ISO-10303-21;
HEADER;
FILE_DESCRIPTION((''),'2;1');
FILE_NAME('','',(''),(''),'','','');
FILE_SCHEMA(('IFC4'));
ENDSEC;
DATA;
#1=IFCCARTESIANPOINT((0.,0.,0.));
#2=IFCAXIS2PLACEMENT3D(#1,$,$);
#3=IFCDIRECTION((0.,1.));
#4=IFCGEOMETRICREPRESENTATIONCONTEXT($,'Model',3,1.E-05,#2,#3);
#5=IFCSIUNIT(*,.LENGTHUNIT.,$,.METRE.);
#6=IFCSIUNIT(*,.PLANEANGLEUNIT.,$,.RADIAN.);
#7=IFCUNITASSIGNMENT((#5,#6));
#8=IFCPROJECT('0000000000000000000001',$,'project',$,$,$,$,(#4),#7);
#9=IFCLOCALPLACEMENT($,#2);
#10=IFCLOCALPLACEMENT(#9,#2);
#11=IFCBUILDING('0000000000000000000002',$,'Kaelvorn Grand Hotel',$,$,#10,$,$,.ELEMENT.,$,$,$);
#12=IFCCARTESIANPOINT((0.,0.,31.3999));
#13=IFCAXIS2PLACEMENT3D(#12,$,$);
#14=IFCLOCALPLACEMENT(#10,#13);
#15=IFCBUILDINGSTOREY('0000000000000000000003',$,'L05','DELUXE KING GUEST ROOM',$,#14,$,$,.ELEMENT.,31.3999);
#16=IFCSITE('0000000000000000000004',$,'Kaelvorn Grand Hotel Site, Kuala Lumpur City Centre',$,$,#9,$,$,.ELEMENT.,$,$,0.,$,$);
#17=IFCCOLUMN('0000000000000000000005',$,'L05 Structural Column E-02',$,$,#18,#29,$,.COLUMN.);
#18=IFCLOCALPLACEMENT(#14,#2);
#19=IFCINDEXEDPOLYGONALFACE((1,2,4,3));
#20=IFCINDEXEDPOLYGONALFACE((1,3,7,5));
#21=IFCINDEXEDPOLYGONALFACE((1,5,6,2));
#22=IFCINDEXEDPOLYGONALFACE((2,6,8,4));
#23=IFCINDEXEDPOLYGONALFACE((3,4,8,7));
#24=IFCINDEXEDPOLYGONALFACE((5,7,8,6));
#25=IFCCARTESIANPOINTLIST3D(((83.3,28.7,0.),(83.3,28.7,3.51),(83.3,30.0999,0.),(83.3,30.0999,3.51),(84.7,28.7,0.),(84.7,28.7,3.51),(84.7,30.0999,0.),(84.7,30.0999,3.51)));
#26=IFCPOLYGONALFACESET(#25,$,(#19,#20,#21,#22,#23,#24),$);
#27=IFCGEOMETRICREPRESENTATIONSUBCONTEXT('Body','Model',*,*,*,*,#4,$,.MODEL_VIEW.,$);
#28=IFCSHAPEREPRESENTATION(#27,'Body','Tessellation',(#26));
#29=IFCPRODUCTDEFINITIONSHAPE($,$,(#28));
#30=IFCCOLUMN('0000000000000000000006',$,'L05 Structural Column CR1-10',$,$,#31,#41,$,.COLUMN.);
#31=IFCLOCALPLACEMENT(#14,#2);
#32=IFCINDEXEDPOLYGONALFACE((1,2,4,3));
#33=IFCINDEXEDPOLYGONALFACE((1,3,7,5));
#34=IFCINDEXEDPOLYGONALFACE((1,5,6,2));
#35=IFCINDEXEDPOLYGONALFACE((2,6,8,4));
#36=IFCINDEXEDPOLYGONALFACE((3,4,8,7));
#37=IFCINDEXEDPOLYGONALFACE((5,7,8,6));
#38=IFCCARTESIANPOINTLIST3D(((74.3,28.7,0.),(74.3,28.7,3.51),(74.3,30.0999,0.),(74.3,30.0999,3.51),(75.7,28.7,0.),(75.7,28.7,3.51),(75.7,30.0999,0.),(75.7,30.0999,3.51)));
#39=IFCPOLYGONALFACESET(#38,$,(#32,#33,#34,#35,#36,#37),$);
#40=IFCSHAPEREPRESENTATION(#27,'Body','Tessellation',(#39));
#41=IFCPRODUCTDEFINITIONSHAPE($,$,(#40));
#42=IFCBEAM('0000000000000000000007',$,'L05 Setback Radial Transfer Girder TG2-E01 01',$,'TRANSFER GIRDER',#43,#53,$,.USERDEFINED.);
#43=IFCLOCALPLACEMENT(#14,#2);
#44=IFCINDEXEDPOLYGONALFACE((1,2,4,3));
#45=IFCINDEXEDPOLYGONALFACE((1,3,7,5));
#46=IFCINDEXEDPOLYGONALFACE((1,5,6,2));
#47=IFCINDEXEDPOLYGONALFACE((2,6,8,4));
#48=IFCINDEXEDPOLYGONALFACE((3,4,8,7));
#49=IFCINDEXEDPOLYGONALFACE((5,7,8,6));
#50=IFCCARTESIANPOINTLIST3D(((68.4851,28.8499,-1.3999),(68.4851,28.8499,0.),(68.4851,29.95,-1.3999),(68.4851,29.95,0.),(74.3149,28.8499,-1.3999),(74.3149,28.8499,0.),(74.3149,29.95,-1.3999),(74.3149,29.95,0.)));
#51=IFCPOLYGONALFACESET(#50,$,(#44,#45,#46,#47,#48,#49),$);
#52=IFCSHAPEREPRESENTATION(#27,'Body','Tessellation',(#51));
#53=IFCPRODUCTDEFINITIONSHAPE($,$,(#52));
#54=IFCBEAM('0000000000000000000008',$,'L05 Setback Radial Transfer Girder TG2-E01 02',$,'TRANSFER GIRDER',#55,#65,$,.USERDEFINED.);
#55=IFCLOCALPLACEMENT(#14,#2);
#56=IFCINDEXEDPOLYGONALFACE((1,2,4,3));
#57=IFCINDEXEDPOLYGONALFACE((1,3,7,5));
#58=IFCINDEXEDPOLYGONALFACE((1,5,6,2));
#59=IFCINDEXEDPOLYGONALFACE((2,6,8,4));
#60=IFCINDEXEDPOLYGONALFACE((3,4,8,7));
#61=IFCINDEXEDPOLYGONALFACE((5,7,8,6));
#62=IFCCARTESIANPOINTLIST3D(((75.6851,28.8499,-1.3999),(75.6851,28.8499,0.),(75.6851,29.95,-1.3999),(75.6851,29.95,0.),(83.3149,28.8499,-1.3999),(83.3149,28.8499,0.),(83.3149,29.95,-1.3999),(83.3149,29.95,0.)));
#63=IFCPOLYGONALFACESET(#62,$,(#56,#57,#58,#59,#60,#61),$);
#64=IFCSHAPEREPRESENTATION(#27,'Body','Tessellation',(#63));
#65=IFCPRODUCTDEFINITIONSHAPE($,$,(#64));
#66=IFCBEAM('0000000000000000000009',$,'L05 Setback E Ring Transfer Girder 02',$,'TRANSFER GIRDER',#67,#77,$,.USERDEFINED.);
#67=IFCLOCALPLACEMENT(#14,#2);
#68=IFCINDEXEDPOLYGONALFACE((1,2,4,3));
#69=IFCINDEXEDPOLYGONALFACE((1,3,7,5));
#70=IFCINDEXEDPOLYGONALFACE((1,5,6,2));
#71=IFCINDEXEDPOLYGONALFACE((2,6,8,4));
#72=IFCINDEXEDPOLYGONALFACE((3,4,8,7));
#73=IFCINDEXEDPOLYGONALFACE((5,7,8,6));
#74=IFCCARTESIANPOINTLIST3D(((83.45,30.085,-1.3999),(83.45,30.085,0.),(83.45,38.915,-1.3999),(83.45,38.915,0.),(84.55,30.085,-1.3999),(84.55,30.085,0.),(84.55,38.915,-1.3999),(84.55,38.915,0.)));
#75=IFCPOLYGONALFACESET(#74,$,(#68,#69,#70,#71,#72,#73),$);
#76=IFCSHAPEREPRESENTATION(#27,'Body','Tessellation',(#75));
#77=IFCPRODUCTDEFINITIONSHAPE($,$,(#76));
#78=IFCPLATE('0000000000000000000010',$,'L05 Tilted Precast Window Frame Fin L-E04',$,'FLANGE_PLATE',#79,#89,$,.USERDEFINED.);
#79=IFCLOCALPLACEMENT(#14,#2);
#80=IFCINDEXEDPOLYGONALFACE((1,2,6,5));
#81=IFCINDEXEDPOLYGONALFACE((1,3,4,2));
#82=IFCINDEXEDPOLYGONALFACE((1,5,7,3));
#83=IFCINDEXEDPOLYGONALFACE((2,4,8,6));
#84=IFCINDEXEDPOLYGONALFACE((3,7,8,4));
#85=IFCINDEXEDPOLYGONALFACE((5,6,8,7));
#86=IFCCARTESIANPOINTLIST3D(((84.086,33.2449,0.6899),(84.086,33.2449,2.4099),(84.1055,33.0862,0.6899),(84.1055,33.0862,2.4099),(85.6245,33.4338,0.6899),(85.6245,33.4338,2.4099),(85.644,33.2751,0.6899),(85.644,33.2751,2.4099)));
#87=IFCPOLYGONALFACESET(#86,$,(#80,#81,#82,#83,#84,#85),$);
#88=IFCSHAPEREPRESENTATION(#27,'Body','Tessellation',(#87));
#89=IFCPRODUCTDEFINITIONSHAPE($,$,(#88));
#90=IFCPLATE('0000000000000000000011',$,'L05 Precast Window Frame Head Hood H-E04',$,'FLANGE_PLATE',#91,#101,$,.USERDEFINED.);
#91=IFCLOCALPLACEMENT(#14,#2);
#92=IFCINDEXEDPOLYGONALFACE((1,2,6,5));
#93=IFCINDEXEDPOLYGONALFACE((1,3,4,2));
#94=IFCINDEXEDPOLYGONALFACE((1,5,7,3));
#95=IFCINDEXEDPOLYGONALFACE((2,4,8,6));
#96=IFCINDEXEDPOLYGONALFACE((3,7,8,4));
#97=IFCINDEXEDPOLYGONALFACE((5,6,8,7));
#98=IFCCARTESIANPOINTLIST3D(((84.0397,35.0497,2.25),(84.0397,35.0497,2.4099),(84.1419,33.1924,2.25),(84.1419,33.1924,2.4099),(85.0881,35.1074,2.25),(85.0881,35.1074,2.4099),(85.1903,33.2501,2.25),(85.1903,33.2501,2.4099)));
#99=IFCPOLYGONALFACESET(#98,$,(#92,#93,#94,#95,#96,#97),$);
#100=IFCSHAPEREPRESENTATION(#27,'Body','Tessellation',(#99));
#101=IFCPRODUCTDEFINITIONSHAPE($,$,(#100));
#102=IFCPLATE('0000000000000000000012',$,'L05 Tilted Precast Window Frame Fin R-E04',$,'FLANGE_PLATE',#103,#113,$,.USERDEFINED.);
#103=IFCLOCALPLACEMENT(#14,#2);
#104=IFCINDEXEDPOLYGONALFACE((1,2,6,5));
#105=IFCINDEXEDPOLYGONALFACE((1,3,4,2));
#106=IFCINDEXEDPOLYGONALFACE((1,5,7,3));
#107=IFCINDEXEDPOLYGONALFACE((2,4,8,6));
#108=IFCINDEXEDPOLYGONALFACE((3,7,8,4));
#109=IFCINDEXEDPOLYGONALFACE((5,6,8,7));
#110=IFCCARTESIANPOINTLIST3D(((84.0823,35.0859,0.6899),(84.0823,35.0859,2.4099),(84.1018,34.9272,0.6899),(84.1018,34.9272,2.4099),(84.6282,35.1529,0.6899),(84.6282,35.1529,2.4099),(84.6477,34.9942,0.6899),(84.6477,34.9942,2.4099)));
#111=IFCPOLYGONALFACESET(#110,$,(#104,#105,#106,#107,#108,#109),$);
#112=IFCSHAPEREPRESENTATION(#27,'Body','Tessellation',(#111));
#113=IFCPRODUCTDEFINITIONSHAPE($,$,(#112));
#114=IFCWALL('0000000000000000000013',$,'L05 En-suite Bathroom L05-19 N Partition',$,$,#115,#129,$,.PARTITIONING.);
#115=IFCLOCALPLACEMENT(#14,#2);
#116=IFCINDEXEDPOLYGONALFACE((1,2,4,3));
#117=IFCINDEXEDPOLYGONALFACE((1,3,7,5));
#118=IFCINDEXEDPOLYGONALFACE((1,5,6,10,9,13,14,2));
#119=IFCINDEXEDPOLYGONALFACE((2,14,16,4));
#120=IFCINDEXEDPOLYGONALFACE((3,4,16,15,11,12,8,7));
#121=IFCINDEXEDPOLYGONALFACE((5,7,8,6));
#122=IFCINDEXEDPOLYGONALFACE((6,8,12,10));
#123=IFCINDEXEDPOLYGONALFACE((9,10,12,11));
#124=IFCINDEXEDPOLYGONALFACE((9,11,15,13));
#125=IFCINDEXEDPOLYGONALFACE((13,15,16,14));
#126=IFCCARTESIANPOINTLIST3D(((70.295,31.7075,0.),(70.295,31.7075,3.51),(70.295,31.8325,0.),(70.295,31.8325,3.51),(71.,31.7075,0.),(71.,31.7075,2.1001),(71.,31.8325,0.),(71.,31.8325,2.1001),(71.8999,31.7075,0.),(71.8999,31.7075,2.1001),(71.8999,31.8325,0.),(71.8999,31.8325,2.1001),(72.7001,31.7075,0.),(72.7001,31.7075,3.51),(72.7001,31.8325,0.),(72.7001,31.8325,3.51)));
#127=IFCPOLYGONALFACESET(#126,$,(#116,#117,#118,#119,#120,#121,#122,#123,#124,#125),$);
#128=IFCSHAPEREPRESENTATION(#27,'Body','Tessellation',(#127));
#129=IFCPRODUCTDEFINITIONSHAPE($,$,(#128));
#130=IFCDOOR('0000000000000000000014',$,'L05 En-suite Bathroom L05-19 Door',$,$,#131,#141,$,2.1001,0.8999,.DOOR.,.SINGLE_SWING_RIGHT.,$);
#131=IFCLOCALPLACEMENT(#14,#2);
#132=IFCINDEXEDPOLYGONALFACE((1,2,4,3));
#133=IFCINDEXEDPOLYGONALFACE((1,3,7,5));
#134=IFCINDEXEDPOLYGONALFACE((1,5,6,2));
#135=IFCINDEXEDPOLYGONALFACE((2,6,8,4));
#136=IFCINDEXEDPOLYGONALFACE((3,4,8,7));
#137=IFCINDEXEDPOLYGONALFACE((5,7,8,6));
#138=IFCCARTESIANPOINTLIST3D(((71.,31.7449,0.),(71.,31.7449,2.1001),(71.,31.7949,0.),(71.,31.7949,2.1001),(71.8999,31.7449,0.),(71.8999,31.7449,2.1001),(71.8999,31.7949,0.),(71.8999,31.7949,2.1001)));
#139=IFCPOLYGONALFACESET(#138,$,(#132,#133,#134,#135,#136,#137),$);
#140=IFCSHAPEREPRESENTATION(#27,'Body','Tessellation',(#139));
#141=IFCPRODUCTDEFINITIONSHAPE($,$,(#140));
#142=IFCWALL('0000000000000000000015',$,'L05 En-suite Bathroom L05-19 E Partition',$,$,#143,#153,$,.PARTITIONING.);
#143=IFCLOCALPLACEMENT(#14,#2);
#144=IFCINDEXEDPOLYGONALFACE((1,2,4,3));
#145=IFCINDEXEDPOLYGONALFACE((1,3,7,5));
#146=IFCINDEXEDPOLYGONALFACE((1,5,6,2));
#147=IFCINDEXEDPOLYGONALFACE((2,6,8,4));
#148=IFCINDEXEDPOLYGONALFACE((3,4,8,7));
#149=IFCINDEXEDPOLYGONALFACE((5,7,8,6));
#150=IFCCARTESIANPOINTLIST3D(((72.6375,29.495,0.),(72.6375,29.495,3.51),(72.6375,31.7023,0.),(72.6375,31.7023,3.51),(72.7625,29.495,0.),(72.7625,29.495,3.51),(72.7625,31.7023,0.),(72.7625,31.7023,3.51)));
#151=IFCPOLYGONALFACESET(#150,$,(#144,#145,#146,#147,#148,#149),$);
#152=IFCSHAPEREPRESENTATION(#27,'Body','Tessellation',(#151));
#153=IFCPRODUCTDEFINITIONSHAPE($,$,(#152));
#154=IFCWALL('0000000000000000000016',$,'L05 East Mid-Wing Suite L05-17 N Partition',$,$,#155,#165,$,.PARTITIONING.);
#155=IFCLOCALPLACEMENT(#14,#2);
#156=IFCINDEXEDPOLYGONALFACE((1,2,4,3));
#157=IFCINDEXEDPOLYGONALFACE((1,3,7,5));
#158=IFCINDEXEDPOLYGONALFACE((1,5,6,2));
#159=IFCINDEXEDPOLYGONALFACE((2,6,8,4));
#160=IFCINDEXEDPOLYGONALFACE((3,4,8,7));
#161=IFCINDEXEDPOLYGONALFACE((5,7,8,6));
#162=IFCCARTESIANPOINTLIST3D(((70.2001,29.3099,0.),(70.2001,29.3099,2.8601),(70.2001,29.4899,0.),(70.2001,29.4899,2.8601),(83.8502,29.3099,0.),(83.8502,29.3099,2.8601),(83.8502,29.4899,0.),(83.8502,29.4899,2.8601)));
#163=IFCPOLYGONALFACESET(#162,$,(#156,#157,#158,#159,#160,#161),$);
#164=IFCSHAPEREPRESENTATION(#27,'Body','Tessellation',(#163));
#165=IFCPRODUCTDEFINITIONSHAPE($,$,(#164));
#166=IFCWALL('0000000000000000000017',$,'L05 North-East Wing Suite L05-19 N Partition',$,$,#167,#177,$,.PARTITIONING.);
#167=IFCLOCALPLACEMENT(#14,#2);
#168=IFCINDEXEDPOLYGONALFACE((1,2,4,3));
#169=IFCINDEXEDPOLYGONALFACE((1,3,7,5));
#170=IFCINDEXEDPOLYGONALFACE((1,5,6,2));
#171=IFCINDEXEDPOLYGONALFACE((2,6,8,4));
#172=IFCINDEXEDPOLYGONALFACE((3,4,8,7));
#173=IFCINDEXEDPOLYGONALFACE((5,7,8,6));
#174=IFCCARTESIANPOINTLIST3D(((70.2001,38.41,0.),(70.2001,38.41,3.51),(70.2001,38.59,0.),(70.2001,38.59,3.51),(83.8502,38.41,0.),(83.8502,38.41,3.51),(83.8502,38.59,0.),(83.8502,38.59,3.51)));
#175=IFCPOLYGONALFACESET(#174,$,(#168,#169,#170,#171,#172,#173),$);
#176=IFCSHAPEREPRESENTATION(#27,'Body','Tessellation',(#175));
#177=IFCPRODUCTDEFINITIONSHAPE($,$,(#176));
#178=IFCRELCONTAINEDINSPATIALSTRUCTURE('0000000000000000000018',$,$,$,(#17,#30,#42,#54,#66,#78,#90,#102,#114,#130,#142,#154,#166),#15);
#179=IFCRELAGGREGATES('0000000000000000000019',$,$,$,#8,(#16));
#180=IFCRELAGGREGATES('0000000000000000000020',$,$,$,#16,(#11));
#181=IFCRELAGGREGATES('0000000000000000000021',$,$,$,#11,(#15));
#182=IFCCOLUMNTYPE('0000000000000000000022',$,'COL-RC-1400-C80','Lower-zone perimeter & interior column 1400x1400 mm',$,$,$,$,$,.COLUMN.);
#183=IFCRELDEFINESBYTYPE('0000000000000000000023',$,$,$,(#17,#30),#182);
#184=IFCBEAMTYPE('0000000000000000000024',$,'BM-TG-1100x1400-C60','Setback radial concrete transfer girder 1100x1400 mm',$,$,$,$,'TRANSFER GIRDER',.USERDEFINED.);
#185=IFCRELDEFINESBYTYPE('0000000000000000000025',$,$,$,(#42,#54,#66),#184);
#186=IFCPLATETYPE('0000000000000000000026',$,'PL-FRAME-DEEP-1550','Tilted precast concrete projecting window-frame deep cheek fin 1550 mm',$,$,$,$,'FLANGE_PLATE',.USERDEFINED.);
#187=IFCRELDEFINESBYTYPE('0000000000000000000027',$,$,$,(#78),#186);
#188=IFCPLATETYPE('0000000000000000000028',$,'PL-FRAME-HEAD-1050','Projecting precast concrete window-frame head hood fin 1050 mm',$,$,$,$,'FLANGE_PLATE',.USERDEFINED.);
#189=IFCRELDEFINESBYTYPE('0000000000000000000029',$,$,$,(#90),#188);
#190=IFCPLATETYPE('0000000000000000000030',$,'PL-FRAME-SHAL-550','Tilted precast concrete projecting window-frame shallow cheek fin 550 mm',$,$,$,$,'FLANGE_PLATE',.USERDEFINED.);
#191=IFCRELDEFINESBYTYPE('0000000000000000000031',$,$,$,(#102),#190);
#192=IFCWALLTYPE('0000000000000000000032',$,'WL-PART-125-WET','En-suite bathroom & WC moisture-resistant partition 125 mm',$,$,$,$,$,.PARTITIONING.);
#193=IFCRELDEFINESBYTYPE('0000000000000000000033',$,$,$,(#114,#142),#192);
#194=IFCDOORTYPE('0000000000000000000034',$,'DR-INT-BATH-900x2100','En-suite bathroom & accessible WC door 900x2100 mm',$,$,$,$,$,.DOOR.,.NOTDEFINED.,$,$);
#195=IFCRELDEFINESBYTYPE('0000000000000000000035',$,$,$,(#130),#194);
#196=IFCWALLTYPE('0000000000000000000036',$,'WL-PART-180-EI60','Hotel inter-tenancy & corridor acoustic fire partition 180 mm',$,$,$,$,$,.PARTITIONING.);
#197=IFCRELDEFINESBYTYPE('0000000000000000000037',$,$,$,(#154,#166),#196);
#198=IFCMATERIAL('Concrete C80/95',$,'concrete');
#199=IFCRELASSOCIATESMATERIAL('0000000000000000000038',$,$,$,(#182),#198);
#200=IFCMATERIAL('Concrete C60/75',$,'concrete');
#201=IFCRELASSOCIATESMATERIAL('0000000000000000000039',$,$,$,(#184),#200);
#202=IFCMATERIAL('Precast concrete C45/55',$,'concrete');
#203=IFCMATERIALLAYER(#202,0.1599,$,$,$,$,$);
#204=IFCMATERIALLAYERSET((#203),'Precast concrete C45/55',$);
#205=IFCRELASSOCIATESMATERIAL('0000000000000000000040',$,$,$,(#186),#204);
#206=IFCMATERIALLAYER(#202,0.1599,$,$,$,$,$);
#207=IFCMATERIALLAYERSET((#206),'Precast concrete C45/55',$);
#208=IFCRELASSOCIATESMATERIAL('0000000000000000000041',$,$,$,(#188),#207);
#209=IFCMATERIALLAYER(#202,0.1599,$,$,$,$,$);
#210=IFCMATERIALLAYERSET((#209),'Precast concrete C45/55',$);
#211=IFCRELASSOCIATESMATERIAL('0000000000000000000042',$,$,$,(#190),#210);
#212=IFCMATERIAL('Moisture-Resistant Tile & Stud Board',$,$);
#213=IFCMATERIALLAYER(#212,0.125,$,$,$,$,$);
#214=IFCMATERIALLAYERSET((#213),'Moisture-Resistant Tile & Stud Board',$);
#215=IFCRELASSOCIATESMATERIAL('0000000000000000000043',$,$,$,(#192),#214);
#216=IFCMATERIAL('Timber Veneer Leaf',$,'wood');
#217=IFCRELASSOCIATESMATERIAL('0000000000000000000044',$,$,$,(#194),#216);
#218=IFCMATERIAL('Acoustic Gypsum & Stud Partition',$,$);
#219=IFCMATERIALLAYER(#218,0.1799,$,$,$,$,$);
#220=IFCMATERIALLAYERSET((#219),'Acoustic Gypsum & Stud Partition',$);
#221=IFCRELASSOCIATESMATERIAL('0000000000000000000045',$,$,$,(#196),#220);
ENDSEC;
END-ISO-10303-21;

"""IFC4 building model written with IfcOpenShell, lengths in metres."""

from ifc_helpers import new_model, si_unit, direction, frame, frame_2d, origin, origin_2d, place, context, subcontext, project, spatial, rectangle, extrude, material, layer, layer_set, material_profile, profile_set, type_object, element, fill, save


model = new_model("IFC4")

# Units and contexts
model_context = context("Model", 3, precision=1e-05, world=origin(), true_north=direction((0.0, 1.0)))
body_context = subcontext(model_context, "Body", "Model", "MODEL_VIEW")
ifc_project = project(units=[si_unit("LENGTHUNIT", "METRE"), si_unit("PLANEANGLEUNIT", "RADIAN")], contexts=[model_context])

# Site, building, storey
site_placement = place(None, origin())
site = spatial("IfcSite", under=ifc_project, at=site_placement, Name="Kaelvorn Grand Hotel Site, Kuala Lumpur City Centre", CompositionType="ELEMENT", RefElevation=0.0)
building_placement = place(site_placement, origin())
building = spatial("IfcBuilding", under=site, at=building_placement, Name="Kaelvorn Grand Hotel", CompositionType="ELEMENT")
storey_placement = place(building_placement, frame((0.0, 0.0, 31.3999)))
storey = spatial("IfcBuildingStorey", under=building, at=storey_placement, Name="L05", Description="DELUXE KING GUEST ROOM", CompositionType="ELEMENT", Elevation=31.3999)

# Columns
ifc_material_1 = material(Name="Concrete C80/95", Category="concrete")
ifc_material_profile_1 = material_profile(ifc_material_1, rectangle(XDim=1.3999, YDim=1.3999, at=origin_2d()), Name="RC COL 1400x1400")
ifc_profile_set_1 = profile_set([ifc_material_profile_1], Name="Concrete C80/95")
column_type = type_object("IfcColumnType", Name="COL-RC-1400-C80", Description="Lower-zone perimeter & interior column 1400x1400 mm", PredefinedType="COLUMN", material=ifc_profile_set_1)
for number, where, z_axis, x_axis, name in (
    (1, (84.0, 29.3999, 0.0), (0.0, 0.0, 1.0), (1.0, 0.0, 0.0), "L05 Structural Column E-02"),
    (2, (75.0, 29.3999, 0.0), (0.0, 0.0, 1.0), (1.0, 0.0, 0.0), "L05 Structural Column CR1-10"),
):
    element("IfcColumn", number, at=place(storey_placement, frame(where, z_axis=z_axis, x_axis=x_axis)), inside=storey, type_object=column_type, Name=name, PredefinedType="COLUMN", context=body_context, shape_type="SweptSolid", body=[
        extrude(rectangle(XDim=1.3999, YDim=1.3999, at=origin_2d()), origin(), (0.0, 0.0, 1.0), 3.51),
    ])

# Beams
ifc_material_2 = material(Name="Concrete C60/75", Category="concrete")
ifc_material_profile_2 = material_profile(ifc_material_2, rectangle(XDim=1.1001, YDim=1.3999, at=origin_2d()), Name="RC TG 1100x1400")
ifc_profile_set_2 = profile_set([ifc_material_profile_2], Name="Concrete C60/75")
beam_type = type_object("IfcBeamType", Name="BM-TG-1100x1400-C60", Description="Setback radial concrete transfer girder 1100x1400 mm", ElementType="TRANSFER GIRDER", PredefinedType="USERDEFINED", material=ifc_profile_set_2)
beam_1_placement = place(storey_placement, frame((68.4851, 29.3999, -0.7), z_axis=(1.0, 0.0, 0.0), x_axis=(0.0, 1.0, 0.0)))
element("IfcBeam", 3, at=beam_1_placement, inside=storey, type_object=beam_type, Name="L05 Setback Radial Transfer Girder TG2-E01 01", ObjectType="TRANSFER GIRDER", PredefinedType="USERDEFINED", context=body_context, shape_type="SweptSolid", body=[
    extrude(rectangle(XDim=1.1001, YDim=1.3999, at=origin_2d()), origin(), (0.0, 0.0, 1.0), 5.8298),
])
beam_2_placement = place(storey_placement, frame((75.6851, 29.3999, -0.7), z_axis=(1.0, 0.0, 0.0), x_axis=(0.0, 1.0, 0.0)))
element("IfcBeam", 4, at=beam_2_placement, inside=storey, type_object=beam_type, Name="L05 Setback Radial Transfer Girder TG2-E01 02", ObjectType="TRANSFER GIRDER", PredefinedType="USERDEFINED", context=body_context, shape_type="SweptSolid", body=[
    extrude(rectangle(XDim=1.1001, YDim=1.3999, at=origin_2d()), origin(), (0.0, 0.0, 1.0), 7.6299),
])
beam_3_placement = place(storey_placement, frame((84.0, 30.085, -0.7), z_axis=(0.0, 1.0, 0.0), x_axis=(-1.0, 0.0, 0.0)))
element("IfcBeam", 5, at=beam_3_placement, inside=storey, type_object=beam_type, Name="L05 Setback E Ring Transfer Girder 02", ObjectType="TRANSFER GIRDER", PredefinedType="USERDEFINED", context=body_context, shape_type="SweptSolid", body=[
    extrude(rectangle(XDim=1.1001, YDim=1.3999, at=origin_2d()), origin(), (0.0, 0.0, 1.0), 8.8301),
])

# Plates
ifc_material_3 = material(Name="Precast concrete C45/55", Category="concrete")
ifc_layer_1 = layer(ifc_material_3, 0.1599)
ifc_layer_set_1 = layer_set([ifc_layer_1], Name="Precast concrete C45/55")
plate_type_1 = type_object("IfcPlateType", Name="PL-FRAME-DEEP-1550", Description="Tilted precast concrete projecting window-frame deep cheek fin 1550 mm", ElementType="FLANGE_PLATE", PredefinedType="USERDEFINED", material=ifc_layer_set_1)
plate_1_placement = place(storey_placement, frame((84.865, 33.26, 0.6899), z_axis=(0.0, 0.0, 1.0), x_axis=(-0.121869, 0.992546, 0.0)))
element("IfcPlate", 6, at=plate_1_placement, inside=storey, type_object=plate_type_1, Name="L05 Tilted Precast Window Frame Fin L-E04", ObjectType="FLANGE_PLATE", PredefinedType="USERDEFINED", context=body_context, shape_type="SweptSolid", body=[
    extrude(rectangle(XDim=0.1599, YDim=1.55, at=origin_2d()), origin(), (0.0, 0.0, 1.0), 1.72),
])
ifc_layer_2 = layer(ifc_material_3, 0.1599)
ifc_layer_set_2 = layer_set([ifc_layer_2], Name="Precast concrete C45/55")
plate_type_2 = type_object("IfcPlateType", Name="PL-FRAME-HEAD-1050", Description="Projecting precast concrete window-frame head hood fin 1050 mm", ElementType="FLANGE_PLATE", PredefinedType="USERDEFINED", material=ifc_layer_set_2)
plate_2_placement = place(storey_placement, frame((84.615, 34.1499, 2.25), z_axis=(0.0, 0.0, 1.0), x_axis=(-0.05495, 0.998489, 0.0)))
element("IfcPlate", 7, at=plate_2_placement, inside=storey, type_object=plate_type_2, Name="L05 Precast Window Frame Head Hood H-E04", ObjectType="FLANGE_PLATE", PredefinedType="USERDEFINED", context=body_context, shape_type="SweptSolid", body=[
    extrude(rectangle(XDim=1.8601, YDim=1.05, at=origin_2d()), origin(), (0.0, 0.0, 1.0), 0.1599),
])
ifc_layer_3 = layer(ifc_material_3, 0.1599)
ifc_layer_set_3 = layer_set([ifc_layer_3], Name="Precast concrete C45/55")
plate_type_3 = type_object("IfcPlateType", Name="PL-FRAME-SHAL-550", Description="Tilted precast concrete projecting window-frame shallow cheek fin 550 mm", ElementType="FLANGE_PLATE", PredefinedType="USERDEFINED", material=ifc_layer_set_3)
plate_3_placement = place(storey_placement, frame((84.365, 35.04, 0.6899), z_axis=(0.0, 0.0, 1.0), x_axis=(-0.121869, 0.992546, 0.0)))
element("IfcPlate", 8, at=plate_3_placement, inside=storey, type_object=plate_type_3, Name="L05 Tilted Precast Window Frame Fin R-E04", ObjectType="FLANGE_PLATE", PredefinedType="USERDEFINED", context=body_context, shape_type="SweptSolid", body=[
    extrude(rectangle(XDim=0.1599, YDim=0.55, at=origin_2d()), origin(), (0.0, 0.0, 1.0), 1.72),
])

# Wall, opening, door
ifc_material_4 = material(Name="Moisture-Resistant Tile & Stud Board")
ifc_layer_4 = layer(ifc_material_4, 0.125)
ifc_layer_set_4 = layer_set([ifc_layer_4], Name="Moisture-Resistant Tile & Stud Board")
wall_type_1 = type_object("IfcWallType", Name="WL-PART-125-WET", Description="En-suite bathroom & WC moisture-resistant partition 125 mm", PredefinedType="PARTITIONING", material=ifc_layer_set_4)
wall_1_placement = place(storey_placement, frame((70.2949, 31.77, 0.0), z_axis=(0.0, 0.0, 1.0), x_axis=(1.0, 0.0, 0.0)))
wall_1 = element("IfcWall", 9, at=wall_1_placement, inside=storey, type_object=wall_type_1, Name="L05 En-suite Bathroom L05-19 N Partition", PredefinedType="PARTITIONING", context=body_context, shape_type="SweptSolid", body=[
    extrude(rectangle(XDim=2.405, YDim=0.125, at=frame_2d((1.2026, 0.0))), origin(), (0.0, 0.0, 1.0), 3.51),
])
opening_1_placement = place(wall_1_placement, frame((0.7051, 0.0, 0.0)))
opening_1 = element("IfcOpeningElement", 10, at=opening_1_placement, cuts=wall_1, PredefinedType="OPENING", context=body_context, shape_type="SweptSolid", body=[
    extrude(rectangle(XDim=0.8999, YDim=2.1001, at=frame_2d((0.45, 1.05))), frame((0.0, 0.0725, 0.0), z_axis=(0.0, -1.0, 0.0), x_axis=(1.0, 0.0, 0.0)), (0.0, 0.0, 1.0), 0.145),
])
ifc_material_5 = material(Name="Timber Veneer Leaf", Category="wood")
door_type_1 = type_object("IfcDoorType", Name="DR-INT-BATH-900x2100", Description="En-suite bathroom & accessible WC door 900x2100 mm", OperationType="NOTDEFINED", PredefinedType="DOOR", material=ifc_material_5)
door_1_placement = place(opening_1_placement, origin())
door_1 = element("IfcDoor", 11, at=door_1_placement, inside=storey, type_object=door_type_1, Name="L05 En-suite Bathroom L05-19 Door", OperationType="SINGLE_SWING_RIGHT", OverallHeight=2.1001, OverallWidth=0.8999, PredefinedType="DOOR", context=body_context, shape_type="SweptSolid", body=[
    extrude(rectangle(XDim=0.8999, YDim=2.1001, at=frame_2d((0.45, 1.05))), frame((0.0, 0.0249, 0.0), z_axis=(0.0, -1.0, 0.0), x_axis=(1.0, 0.0, 0.0)), (0.0, 0.0, 1.0), 0.05),
])
fill(opening_1, door_1)

# Walls
wall_2_placement = place(storey_placement, frame((72.7, 29.4951, 0.0), z_axis=(0.0, 0.0, 1.0), x_axis=(0.0, 1.0, 0.0)))
element("IfcWall", 12, at=wall_2_placement, inside=storey, type_object=wall_type_1, Name="L05 En-suite Bathroom L05-19 E Partition", PredefinedType="PARTITIONING", context=body_context, shape_type="SweptSolid", body=[
    extrude(rectangle(XDim=2.2073, YDim=0.125, at=frame_2d((1.1035, 0.0))), origin(), (0.0, 0.0, 1.0), 3.51),
])
ifc_material_6 = material(Name="Acoustic Gypsum & Stud Partition")
ifc_layer_5 = layer(ifc_material_6, 0.1799)
ifc_layer_set_5 = layer_set([ifc_layer_5], Name="Acoustic Gypsum & Stud Partition")
wall_type_2 = type_object("IfcWallType", Name="WL-PART-180-EI60", Description="Hotel inter-tenancy & corridor acoustic fire partition 180 mm", PredefinedType="PARTITIONING", material=ifc_layer_set_5)
wall_3_placement = place(storey_placement, frame((70.2, 29.3999, 0.0), z_axis=(0.0, 0.0, 1.0), x_axis=(1.0, 0.0, 0.0)))
element("IfcWall", 13, at=wall_3_placement, inside=storey, type_object=wall_type_2, Name="L05 East Mid-Wing Suite L05-17 N Partition", PredefinedType="PARTITIONING", context=body_context, shape_type="SweptSolid", body=[
    extrude(rectangle(XDim=13.6501, YDim=0.1799, at=frame_2d((6.8252, 0.0))), origin(), (0.0, 0.0, 1.0), 2.8601),
])
wall_4_placement = place(storey_placement, frame((70.2, 38.5, 0.0), z_axis=(0.0, 0.0, 1.0), x_axis=(1.0, 0.0, 0.0)))
element("IfcWall", 14, at=wall_4_placement, inside=storey, type_object=wall_type_2, Name="L05 North-East Wing Suite L05-19 N Partition", PredefinedType="PARTITIONING", context=body_context, shape_type="SweptSolid", body=[
    extrude(rectangle(XDim=13.6501, YDim=0.1799, at=frame_2d((6.8252, 0.0))), origin(), (0.0, 0.0, 1.0), 3.51),
])

save(model, "model.ifc")
